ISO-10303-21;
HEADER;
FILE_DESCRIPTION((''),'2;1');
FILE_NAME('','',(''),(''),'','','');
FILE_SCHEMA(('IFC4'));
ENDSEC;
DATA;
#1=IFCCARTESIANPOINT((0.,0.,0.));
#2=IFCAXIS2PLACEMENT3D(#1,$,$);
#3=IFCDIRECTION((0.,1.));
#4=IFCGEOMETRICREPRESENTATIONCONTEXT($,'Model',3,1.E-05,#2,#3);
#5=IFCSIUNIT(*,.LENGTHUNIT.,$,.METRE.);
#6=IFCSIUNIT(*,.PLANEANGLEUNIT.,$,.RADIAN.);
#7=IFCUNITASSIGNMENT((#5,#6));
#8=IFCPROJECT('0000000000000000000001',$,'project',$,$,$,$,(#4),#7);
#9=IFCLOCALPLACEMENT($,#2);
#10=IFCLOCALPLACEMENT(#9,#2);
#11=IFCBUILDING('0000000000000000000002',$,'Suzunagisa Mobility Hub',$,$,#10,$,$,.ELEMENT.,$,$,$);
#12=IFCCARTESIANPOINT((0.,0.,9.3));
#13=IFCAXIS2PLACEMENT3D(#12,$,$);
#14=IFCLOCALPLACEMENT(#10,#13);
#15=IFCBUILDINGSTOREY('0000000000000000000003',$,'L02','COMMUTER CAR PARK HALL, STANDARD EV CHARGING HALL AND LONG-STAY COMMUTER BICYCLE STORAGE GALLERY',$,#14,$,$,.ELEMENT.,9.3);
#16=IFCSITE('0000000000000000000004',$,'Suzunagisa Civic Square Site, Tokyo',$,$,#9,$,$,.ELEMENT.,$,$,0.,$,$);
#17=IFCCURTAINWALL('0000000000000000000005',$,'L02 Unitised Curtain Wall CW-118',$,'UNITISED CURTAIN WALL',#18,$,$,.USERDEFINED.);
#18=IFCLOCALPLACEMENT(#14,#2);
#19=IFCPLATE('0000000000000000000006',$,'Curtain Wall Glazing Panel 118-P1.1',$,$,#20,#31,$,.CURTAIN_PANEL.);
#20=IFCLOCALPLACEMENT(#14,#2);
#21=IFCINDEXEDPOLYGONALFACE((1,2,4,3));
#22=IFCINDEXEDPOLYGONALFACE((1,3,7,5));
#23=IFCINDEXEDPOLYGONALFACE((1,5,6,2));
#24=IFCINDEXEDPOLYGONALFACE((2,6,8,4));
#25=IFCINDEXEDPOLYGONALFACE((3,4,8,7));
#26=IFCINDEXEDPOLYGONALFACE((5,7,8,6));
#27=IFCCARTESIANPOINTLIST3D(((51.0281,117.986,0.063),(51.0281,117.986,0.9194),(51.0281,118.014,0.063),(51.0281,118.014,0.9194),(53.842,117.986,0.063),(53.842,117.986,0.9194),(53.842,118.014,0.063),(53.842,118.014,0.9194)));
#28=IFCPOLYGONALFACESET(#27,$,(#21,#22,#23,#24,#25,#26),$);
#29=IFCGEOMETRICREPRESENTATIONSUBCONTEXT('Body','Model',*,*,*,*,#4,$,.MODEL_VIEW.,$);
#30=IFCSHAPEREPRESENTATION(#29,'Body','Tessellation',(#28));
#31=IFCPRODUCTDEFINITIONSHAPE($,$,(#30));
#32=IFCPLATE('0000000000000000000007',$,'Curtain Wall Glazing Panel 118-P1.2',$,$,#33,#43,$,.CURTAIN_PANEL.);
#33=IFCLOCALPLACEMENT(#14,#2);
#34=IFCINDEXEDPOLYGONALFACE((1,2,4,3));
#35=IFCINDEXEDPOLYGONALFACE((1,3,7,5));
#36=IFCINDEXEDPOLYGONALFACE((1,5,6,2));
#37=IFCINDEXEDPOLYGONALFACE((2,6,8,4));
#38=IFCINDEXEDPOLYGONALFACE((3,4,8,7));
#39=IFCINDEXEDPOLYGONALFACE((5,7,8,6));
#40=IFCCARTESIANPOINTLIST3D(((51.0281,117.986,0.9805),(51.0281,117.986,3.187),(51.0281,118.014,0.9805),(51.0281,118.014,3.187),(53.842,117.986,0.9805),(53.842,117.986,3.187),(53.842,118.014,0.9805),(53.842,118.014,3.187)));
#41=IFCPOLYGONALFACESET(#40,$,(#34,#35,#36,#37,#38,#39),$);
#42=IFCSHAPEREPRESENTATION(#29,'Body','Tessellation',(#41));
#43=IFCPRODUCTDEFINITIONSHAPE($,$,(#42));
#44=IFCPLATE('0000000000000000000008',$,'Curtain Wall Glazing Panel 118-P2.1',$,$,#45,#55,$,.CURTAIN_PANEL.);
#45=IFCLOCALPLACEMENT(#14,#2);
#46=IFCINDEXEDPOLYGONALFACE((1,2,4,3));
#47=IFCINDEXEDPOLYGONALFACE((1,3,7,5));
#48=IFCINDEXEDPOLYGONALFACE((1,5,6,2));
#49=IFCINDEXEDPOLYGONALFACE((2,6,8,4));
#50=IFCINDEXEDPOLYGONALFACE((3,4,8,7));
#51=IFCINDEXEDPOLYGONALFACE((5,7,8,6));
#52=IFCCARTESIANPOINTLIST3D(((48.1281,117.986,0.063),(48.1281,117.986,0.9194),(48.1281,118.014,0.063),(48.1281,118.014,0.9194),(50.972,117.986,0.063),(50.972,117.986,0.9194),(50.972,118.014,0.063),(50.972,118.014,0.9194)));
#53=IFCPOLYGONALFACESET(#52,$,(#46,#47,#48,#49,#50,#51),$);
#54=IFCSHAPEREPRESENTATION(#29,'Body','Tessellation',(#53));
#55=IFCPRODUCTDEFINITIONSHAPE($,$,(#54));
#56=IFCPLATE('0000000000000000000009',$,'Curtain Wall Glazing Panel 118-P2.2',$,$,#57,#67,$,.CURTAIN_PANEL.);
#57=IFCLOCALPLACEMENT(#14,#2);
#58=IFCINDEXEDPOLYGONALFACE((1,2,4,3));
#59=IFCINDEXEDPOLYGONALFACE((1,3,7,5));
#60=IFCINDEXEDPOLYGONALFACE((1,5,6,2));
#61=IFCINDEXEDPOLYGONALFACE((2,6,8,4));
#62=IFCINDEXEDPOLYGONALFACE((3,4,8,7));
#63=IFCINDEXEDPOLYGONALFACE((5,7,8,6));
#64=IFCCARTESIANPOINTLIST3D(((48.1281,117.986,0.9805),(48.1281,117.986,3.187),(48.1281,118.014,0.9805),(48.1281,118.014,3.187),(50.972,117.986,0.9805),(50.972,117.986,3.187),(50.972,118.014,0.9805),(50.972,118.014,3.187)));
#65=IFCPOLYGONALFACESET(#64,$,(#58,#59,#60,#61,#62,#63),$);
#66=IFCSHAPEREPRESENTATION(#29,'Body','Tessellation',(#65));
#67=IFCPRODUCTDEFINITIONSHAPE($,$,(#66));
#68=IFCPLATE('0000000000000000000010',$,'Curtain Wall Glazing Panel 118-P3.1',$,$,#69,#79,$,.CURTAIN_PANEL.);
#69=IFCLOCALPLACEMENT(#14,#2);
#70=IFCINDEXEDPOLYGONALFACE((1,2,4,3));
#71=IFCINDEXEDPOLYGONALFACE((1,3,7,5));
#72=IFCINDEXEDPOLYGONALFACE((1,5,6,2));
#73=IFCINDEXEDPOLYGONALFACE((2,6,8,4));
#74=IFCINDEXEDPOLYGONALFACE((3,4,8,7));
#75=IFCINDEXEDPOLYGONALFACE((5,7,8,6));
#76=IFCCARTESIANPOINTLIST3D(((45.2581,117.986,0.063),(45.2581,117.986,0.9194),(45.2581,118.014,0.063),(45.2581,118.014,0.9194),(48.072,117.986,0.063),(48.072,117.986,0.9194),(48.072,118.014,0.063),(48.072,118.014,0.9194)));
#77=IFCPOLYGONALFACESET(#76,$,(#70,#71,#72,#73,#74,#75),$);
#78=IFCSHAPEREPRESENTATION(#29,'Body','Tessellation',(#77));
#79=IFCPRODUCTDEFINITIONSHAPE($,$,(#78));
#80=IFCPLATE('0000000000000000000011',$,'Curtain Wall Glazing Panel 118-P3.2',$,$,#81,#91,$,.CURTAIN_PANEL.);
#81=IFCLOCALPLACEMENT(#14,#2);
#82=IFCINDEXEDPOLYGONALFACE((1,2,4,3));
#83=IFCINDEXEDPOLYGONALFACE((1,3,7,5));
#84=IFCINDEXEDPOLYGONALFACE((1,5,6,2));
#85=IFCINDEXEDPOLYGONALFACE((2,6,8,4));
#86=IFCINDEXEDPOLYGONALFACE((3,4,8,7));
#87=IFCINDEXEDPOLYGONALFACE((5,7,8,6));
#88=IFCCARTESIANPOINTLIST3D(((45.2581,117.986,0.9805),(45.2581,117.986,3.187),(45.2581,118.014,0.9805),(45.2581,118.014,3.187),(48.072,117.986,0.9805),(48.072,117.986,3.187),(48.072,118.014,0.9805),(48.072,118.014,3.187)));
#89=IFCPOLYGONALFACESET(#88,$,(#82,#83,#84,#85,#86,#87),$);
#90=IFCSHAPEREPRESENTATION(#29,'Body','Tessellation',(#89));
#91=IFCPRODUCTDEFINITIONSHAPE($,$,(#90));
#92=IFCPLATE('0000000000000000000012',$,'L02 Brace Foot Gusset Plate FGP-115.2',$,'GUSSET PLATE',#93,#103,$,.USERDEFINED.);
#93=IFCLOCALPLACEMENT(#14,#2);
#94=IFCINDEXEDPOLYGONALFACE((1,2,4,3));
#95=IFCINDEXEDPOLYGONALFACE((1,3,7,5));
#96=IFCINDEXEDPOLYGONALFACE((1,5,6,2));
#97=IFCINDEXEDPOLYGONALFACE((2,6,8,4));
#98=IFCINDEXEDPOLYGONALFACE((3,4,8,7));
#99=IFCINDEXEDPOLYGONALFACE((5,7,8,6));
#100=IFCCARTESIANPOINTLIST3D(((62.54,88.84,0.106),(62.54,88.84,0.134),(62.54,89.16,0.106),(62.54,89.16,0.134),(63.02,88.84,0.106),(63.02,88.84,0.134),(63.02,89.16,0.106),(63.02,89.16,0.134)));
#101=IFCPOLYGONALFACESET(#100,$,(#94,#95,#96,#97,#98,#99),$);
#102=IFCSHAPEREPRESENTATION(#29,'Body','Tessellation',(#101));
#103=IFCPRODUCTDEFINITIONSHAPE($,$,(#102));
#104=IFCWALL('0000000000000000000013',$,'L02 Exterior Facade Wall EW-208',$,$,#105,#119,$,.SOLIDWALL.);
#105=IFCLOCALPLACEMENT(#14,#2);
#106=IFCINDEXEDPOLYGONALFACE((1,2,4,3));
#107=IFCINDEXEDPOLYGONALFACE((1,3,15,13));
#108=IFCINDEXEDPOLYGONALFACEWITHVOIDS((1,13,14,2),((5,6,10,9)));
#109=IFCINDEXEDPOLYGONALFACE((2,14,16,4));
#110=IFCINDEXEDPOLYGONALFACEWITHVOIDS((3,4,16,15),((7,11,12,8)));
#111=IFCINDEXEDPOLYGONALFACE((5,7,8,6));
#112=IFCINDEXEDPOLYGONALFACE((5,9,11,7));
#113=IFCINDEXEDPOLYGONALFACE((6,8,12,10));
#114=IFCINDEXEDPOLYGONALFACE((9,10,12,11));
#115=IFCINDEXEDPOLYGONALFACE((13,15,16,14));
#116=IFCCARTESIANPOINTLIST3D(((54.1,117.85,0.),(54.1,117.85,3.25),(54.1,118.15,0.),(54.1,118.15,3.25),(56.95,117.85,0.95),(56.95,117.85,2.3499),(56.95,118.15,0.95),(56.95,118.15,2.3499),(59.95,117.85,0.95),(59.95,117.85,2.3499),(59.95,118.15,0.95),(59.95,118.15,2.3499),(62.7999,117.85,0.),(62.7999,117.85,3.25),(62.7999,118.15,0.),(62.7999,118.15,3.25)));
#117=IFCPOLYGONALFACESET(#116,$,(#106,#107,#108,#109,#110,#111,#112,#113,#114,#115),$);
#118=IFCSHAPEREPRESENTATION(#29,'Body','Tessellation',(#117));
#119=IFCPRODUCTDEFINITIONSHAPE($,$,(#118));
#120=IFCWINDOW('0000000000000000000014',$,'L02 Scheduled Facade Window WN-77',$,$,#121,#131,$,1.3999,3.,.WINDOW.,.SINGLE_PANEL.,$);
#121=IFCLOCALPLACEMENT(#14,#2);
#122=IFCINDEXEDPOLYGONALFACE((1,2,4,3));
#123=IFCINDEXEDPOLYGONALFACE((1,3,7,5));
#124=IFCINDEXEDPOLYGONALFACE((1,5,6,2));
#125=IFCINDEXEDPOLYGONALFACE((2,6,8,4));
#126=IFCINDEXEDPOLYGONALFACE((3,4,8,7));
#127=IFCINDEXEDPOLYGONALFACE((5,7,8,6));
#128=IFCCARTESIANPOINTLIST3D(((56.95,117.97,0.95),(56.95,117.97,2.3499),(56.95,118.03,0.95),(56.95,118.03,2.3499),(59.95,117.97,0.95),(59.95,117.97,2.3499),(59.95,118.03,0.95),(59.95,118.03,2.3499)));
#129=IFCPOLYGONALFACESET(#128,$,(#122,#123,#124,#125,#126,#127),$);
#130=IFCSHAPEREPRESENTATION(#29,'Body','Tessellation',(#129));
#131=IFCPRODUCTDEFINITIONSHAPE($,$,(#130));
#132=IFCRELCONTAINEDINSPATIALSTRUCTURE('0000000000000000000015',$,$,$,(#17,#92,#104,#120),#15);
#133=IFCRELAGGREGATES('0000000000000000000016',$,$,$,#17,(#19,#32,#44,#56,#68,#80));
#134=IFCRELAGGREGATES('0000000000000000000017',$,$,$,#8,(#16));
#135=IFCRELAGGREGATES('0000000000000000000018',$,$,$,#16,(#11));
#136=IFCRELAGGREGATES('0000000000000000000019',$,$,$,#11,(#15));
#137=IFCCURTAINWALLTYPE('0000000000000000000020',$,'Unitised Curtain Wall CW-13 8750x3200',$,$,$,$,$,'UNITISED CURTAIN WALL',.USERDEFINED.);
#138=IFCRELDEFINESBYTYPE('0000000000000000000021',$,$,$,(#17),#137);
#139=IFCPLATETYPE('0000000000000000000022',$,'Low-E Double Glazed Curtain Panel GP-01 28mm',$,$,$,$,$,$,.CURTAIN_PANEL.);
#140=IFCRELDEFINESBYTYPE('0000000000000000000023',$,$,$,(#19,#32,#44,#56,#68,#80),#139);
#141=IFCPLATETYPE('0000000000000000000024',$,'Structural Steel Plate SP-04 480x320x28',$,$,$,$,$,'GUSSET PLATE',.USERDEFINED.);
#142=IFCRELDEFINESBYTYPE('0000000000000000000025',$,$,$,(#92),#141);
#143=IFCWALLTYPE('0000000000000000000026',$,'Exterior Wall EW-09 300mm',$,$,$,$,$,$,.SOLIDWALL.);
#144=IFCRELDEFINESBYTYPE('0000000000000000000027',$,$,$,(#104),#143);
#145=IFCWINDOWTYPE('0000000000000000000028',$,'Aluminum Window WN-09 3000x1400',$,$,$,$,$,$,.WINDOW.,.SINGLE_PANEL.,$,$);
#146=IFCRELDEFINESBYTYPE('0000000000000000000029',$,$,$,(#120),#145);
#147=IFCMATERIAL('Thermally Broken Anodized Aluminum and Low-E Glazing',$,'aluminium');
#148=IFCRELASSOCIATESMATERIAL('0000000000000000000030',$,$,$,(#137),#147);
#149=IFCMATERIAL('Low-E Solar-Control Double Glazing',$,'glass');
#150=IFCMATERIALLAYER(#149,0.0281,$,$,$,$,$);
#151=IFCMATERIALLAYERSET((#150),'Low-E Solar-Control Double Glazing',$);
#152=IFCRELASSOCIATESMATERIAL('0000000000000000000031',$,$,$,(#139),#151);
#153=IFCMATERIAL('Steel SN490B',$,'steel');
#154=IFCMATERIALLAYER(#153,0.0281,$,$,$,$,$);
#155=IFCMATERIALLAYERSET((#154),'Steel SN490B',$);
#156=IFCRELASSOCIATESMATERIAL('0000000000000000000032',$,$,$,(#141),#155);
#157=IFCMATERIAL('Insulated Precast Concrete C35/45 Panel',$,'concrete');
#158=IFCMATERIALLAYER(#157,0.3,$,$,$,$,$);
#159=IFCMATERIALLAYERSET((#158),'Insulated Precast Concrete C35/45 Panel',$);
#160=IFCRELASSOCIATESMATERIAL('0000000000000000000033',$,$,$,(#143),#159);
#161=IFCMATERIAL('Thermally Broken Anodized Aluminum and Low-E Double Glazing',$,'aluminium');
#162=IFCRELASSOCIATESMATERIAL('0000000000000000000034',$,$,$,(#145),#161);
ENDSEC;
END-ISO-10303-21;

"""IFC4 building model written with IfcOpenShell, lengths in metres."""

from ifc_helpers import new_model, si_unit, direction, frame, frame_2d, origin, origin_2d, place, context, subcontext, project, spatial, rectangle, extrude, material, layer, layer_set, type_object, element, fill, aggregate, save


model = new_model("IFC4")

# Units and contexts
model_context = context("Model", 3, precision=1e-05, world=origin(), true_north=direction((0.0, 1.0)))
body_context = subcontext(model_context, "Body", "Model", "MODEL_VIEW")
ifc_project = project(units=[si_unit("LENGTHUNIT", "METRE"), si_unit("PLANEANGLEUNIT", "RADIAN")], contexts=[model_context])

# Site, building, storey
site_placement = place(None, origin())
site = spatial("IfcSite", under=ifc_project, at=site_placement, Name="Suzunagisa Civic Square Site, Tokyo", CompositionType="ELEMENT", RefElevation=0.0)
building_placement = place(site_placement, origin())
building = spatial("IfcBuilding", under=site, at=building_placement, Name="Suzunagisa Mobility Hub", CompositionType="ELEMENT")
storey_placement = place(building_placement, frame((0.0, 0.0, 9.3)))
storey = spatial("IfcBuildingStorey", under=building, at=storey_placement, Name="L02", Description="COMMUTER CAR PARK HALL, STANDARD EV CHARGING HALL AND LONG-STAY COMMUTER BICYCLE STORAGE GALLERY", CompositionType="ELEMENT", Elevation=9.3)

# Shared definitions
ifc_material_1 = material(Name="Steel SN490B", Category="steel")

# Curtain wall
ifc_material_2 = material(Name="Thermally Broken Anodized Aluminum and Low-E Glazing", Category="aluminium")
curtain_wall_type = type_object("IfcCurtainWallType", Name="Unitised Curtain Wall CW-13 8750x3200", ElementType="UNITISED CURTAIN WALL", PredefinedType="USERDEFINED", material=ifc_material_2)
curtain_wall_placement = place(storey_placement, origin())
curtain_wall = element("IfcCurtainWall", 1, at=curtain_wall_placement, inside=storey, type_object=curtain_wall_type, Name="L02 Unitised Curtain Wall CW-118", ObjectType="UNITISED CURTAIN WALL", PredefinedType="USERDEFINED")

# Plates
ifc_material_3 = material(Name="Low-E Solar-Control Double Glazing", Category="glass")
ifc_layer_1 = layer(ifc_material_3, 0.0281)
ifc_layer_set_1 = layer_set([ifc_layer_1], Name="Low-E Solar-Control Double Glazing")
plate_type_1 = type_object("IfcPlateType", Name="Low-E Double Glazed Curtain Panel GP-01 28mm", PredefinedType="CURTAIN_PANEL", material=ifc_layer_set_1)
plate_1_placement = place(storey_placement, frame((52.4351, 118.0, 0.063), z_axis=(0.0, 0.0, 1.0), x_axis=(-1.0, 0.0, 0.0)))
plate_1 = element("IfcPlate", 2, at=plate_1_placement, type_object=plate_type_1, Name="Curtain Wall Glazing Panel 118-P1.1", PredefinedType="CURTAIN_PANEL", context=body_context, shape_type="SweptSolid", body=[
    extrude(rectangle(XDim=2.814, YDim=0.0281, at=origin_2d()), origin(), (0.0, 0.0, 1.0), 0.8564),
])
plate_2_placement = place(storey_placement, frame((52.4351, 118.0, 0.9805), z_axis=(0.0, 0.0, 1.0), x_axis=(-1.0, 0.0, 0.0)))
plate_2 = element("IfcPlate", 3, at=plate_2_placement, type_object=plate_type_1, Name="Curtain Wall Glazing Panel 118-P1.2", PredefinedType="CURTAIN_PANEL", context=body_context, shape_type="SweptSolid", body=[
    extrude(rectangle(XDim=2.814, YDim=0.0281, at=origin_2d()), origin(), (0.0, 0.0, 1.0), 2.2065),
])
plate_3_placement = place(storey_placement, frame((49.55, 118.0, 0.063), z_axis=(0.0, 0.0, 1.0), x_axis=(-1.0, 0.0, 0.0)))
plate_3 = element("IfcPlate", 4, at=plate_3_placement, type_object=plate_type_1, Name="Curtain Wall Glazing Panel 118-P2.1", PredefinedType="CURTAIN_PANEL", context=body_context, shape_type="SweptSolid", body=[
    extrude(rectangle(XDim=2.844, YDim=0.0281, at=origin_2d()), origin(), (0.0, 0.0, 1.0), 0.8564),
])
plate_4_placement = place(storey_placement, frame((49.55, 118.0, 0.9805), z_axis=(0.0, 0.0, 1.0), x_axis=(-1.0, 0.0, 0.0)))
plate_4 = element("IfcPlate", 5, at=plate_4_placement, type_object=plate_type_1, Name="Curtain Wall Glazing Panel 118-P2.2", PredefinedType="CURTAIN_PANEL", context=body_context, shape_type="SweptSolid", body=[
    extrude(rectangle(XDim=2.844, YDim=0.0281, at=origin_2d()), origin(), (0.0, 0.0, 1.0), 2.2065),
])
plate_5_placement = place(storey_placement, frame((46.665, 118.0, 0.063), z_axis=(0.0, 0.0, 1.0), x_axis=(-1.0, 0.0, 0.0)))
plate_5 = element("IfcPlate", 6, at=plate_5_placement, type_object=plate_type_1, Name="Curtain Wall Glazing Panel 118-P3.1", PredefinedType="CURTAIN_PANEL", context=body_context, shape_type="SweptSolid", body=[
    extrude(rectangle(XDim=2.814, YDim=0.0281, at=origin_2d()), origin(), (0.0, 0.0, 1.0), 0.8564),
])
plate_6_placement = place(storey_placement, frame((46.665, 118.0, 0.9805), z_axis=(0.0, 0.0, 1.0), x_axis=(-1.0, 0.0, 0.0)))
plate_6 = element("IfcPlate", 7, at=plate_6_placement, type_object=plate_type_1, Name="Curtain Wall Glazing Panel 118-P3.2", PredefinedType="CURTAIN_PANEL", context=body_context, shape_type="SweptSolid", body=[
    extrude(rectangle(XDim=2.814, YDim=0.0281, at=origin_2d()), origin(), (0.0, 0.0, 1.0), 2.2065),
])
aggregate(curtain_wall, [plate_1, plate_2, plate_3, plate_4, plate_5, plate_6])
ifc_layer_2 = layer(ifc_material_1, 0.0281)
ifc_layer_set_2 = layer_set([ifc_layer_2], Name="Steel SN490B")
plate_type_2 = type_object("IfcPlateType", Name="Structural Steel Plate SP-04 480x320x28", ElementType="GUSSET PLATE", PredefinedType="USERDEFINED", material=ifc_layer_set_2)
plate_7_placement = place(storey_placement, frame((62.78, 89.0, 0.106), z_axis=(0.0, 0.0, 1.0), x_axis=(1.0, 0.0, 0.0)))
element("IfcPlate", 8, at=plate_7_placement, inside=storey, type_object=plate_type_2, Name="L02 Brace Foot Gusset Plate FGP-115.2", ObjectType="GUSSET PLATE", PredefinedType="USERDEFINED", context=body_context, shape_type="SweptSolid", body=[
    extrude(rectangle(XDim=0.48, YDim=0.3201, at=origin_2d()), origin(), (0.0, 0.0, 1.0), 0.0281),
])

# Wall, opening, window
ifc_material_4 = material(Name="Insulated Precast Concrete C35/45 Panel", Category="concrete")
ifc_layer_3 = layer(ifc_material_4, 0.3)
ifc_layer_set_3 = layer_set([ifc_layer_3], Name="Insulated Precast Concrete C35/45 Panel")
wall_type = type_object("IfcWallType", Name="Exterior Wall EW-09 300mm", PredefinedType="SOLIDWALL", material=ifc_layer_set_3)
wall_placement = place(storey_placement, frame((62.8, 118.0, 0.0), z_axis=(0.0, 0.0, 1.0), x_axis=(-1.0, 0.0, 0.0)))
wall = element("IfcWall", 9, at=wall_placement, inside=storey, type_object=wall_type, Name="L02 Exterior Facade Wall EW-208", PredefinedType="SOLIDWALL", context=body_context, shape_type="SweptSolid", body=[
    extrude(rectangle(XDim=8.7, YDim=0.3, at=frame_2d((4.3501, 0.0))), origin(), (0.0, 0.0, 1.0), 3.25),
])
opening_placement = place(wall_placement, frame((2.8501, 0.0, 0.95)))
opening = element("IfcOpeningElement", 10, at=opening_placement, cuts=wall, PredefinedType="OPENING", context=body_context, shape_type="SweptSolid", body=[
    extrude(rectangle(XDim=3.0, YDim=1.3999, at=frame_2d((1.5, 0.7))), frame((0.0, 0.1611, 0.0), z_axis=(0.0, -1.0, 0.0), x_axis=(1.0, 0.0, 0.0)), (0.0, 0.0, 1.0), 0.322),
])
ifc_material_5 = material(Name="Thermally Broken Anodized Aluminum and Low-E Double Glazing", Category="aluminium")
window_type = type_object("IfcWindowType", Name="Aluminum Window WN-09 3000x1400", PartitioningType="SINGLE_PANEL", PredefinedType="WINDOW", material=ifc_material_5)
window_placement = place(opening_placement, origin())
window = element("IfcWindow", 11, at=window_placement, inside=storey, type_object=window_type, Name="L02 Scheduled Facade Window WN-77", OverallHeight=1.3999, OverallWidth=3.0, PartitioningType="SINGLE_PANEL", PredefinedType="WINDOW", context=body_context, shape_type="SweptSolid", body=[
    extrude(rectangle(XDim=3.0, YDim=1.3999, at=frame_2d((1.5, 0.7))), frame((0.0, 0.03, 0.0), z_axis=(0.0, -1.0, 0.0), x_axis=(1.0, 0.0, 0.0)), (0.0, 0.0, 1.0), 0.0601),
])
fill(opening, window)

save(model, "model.ifc")
